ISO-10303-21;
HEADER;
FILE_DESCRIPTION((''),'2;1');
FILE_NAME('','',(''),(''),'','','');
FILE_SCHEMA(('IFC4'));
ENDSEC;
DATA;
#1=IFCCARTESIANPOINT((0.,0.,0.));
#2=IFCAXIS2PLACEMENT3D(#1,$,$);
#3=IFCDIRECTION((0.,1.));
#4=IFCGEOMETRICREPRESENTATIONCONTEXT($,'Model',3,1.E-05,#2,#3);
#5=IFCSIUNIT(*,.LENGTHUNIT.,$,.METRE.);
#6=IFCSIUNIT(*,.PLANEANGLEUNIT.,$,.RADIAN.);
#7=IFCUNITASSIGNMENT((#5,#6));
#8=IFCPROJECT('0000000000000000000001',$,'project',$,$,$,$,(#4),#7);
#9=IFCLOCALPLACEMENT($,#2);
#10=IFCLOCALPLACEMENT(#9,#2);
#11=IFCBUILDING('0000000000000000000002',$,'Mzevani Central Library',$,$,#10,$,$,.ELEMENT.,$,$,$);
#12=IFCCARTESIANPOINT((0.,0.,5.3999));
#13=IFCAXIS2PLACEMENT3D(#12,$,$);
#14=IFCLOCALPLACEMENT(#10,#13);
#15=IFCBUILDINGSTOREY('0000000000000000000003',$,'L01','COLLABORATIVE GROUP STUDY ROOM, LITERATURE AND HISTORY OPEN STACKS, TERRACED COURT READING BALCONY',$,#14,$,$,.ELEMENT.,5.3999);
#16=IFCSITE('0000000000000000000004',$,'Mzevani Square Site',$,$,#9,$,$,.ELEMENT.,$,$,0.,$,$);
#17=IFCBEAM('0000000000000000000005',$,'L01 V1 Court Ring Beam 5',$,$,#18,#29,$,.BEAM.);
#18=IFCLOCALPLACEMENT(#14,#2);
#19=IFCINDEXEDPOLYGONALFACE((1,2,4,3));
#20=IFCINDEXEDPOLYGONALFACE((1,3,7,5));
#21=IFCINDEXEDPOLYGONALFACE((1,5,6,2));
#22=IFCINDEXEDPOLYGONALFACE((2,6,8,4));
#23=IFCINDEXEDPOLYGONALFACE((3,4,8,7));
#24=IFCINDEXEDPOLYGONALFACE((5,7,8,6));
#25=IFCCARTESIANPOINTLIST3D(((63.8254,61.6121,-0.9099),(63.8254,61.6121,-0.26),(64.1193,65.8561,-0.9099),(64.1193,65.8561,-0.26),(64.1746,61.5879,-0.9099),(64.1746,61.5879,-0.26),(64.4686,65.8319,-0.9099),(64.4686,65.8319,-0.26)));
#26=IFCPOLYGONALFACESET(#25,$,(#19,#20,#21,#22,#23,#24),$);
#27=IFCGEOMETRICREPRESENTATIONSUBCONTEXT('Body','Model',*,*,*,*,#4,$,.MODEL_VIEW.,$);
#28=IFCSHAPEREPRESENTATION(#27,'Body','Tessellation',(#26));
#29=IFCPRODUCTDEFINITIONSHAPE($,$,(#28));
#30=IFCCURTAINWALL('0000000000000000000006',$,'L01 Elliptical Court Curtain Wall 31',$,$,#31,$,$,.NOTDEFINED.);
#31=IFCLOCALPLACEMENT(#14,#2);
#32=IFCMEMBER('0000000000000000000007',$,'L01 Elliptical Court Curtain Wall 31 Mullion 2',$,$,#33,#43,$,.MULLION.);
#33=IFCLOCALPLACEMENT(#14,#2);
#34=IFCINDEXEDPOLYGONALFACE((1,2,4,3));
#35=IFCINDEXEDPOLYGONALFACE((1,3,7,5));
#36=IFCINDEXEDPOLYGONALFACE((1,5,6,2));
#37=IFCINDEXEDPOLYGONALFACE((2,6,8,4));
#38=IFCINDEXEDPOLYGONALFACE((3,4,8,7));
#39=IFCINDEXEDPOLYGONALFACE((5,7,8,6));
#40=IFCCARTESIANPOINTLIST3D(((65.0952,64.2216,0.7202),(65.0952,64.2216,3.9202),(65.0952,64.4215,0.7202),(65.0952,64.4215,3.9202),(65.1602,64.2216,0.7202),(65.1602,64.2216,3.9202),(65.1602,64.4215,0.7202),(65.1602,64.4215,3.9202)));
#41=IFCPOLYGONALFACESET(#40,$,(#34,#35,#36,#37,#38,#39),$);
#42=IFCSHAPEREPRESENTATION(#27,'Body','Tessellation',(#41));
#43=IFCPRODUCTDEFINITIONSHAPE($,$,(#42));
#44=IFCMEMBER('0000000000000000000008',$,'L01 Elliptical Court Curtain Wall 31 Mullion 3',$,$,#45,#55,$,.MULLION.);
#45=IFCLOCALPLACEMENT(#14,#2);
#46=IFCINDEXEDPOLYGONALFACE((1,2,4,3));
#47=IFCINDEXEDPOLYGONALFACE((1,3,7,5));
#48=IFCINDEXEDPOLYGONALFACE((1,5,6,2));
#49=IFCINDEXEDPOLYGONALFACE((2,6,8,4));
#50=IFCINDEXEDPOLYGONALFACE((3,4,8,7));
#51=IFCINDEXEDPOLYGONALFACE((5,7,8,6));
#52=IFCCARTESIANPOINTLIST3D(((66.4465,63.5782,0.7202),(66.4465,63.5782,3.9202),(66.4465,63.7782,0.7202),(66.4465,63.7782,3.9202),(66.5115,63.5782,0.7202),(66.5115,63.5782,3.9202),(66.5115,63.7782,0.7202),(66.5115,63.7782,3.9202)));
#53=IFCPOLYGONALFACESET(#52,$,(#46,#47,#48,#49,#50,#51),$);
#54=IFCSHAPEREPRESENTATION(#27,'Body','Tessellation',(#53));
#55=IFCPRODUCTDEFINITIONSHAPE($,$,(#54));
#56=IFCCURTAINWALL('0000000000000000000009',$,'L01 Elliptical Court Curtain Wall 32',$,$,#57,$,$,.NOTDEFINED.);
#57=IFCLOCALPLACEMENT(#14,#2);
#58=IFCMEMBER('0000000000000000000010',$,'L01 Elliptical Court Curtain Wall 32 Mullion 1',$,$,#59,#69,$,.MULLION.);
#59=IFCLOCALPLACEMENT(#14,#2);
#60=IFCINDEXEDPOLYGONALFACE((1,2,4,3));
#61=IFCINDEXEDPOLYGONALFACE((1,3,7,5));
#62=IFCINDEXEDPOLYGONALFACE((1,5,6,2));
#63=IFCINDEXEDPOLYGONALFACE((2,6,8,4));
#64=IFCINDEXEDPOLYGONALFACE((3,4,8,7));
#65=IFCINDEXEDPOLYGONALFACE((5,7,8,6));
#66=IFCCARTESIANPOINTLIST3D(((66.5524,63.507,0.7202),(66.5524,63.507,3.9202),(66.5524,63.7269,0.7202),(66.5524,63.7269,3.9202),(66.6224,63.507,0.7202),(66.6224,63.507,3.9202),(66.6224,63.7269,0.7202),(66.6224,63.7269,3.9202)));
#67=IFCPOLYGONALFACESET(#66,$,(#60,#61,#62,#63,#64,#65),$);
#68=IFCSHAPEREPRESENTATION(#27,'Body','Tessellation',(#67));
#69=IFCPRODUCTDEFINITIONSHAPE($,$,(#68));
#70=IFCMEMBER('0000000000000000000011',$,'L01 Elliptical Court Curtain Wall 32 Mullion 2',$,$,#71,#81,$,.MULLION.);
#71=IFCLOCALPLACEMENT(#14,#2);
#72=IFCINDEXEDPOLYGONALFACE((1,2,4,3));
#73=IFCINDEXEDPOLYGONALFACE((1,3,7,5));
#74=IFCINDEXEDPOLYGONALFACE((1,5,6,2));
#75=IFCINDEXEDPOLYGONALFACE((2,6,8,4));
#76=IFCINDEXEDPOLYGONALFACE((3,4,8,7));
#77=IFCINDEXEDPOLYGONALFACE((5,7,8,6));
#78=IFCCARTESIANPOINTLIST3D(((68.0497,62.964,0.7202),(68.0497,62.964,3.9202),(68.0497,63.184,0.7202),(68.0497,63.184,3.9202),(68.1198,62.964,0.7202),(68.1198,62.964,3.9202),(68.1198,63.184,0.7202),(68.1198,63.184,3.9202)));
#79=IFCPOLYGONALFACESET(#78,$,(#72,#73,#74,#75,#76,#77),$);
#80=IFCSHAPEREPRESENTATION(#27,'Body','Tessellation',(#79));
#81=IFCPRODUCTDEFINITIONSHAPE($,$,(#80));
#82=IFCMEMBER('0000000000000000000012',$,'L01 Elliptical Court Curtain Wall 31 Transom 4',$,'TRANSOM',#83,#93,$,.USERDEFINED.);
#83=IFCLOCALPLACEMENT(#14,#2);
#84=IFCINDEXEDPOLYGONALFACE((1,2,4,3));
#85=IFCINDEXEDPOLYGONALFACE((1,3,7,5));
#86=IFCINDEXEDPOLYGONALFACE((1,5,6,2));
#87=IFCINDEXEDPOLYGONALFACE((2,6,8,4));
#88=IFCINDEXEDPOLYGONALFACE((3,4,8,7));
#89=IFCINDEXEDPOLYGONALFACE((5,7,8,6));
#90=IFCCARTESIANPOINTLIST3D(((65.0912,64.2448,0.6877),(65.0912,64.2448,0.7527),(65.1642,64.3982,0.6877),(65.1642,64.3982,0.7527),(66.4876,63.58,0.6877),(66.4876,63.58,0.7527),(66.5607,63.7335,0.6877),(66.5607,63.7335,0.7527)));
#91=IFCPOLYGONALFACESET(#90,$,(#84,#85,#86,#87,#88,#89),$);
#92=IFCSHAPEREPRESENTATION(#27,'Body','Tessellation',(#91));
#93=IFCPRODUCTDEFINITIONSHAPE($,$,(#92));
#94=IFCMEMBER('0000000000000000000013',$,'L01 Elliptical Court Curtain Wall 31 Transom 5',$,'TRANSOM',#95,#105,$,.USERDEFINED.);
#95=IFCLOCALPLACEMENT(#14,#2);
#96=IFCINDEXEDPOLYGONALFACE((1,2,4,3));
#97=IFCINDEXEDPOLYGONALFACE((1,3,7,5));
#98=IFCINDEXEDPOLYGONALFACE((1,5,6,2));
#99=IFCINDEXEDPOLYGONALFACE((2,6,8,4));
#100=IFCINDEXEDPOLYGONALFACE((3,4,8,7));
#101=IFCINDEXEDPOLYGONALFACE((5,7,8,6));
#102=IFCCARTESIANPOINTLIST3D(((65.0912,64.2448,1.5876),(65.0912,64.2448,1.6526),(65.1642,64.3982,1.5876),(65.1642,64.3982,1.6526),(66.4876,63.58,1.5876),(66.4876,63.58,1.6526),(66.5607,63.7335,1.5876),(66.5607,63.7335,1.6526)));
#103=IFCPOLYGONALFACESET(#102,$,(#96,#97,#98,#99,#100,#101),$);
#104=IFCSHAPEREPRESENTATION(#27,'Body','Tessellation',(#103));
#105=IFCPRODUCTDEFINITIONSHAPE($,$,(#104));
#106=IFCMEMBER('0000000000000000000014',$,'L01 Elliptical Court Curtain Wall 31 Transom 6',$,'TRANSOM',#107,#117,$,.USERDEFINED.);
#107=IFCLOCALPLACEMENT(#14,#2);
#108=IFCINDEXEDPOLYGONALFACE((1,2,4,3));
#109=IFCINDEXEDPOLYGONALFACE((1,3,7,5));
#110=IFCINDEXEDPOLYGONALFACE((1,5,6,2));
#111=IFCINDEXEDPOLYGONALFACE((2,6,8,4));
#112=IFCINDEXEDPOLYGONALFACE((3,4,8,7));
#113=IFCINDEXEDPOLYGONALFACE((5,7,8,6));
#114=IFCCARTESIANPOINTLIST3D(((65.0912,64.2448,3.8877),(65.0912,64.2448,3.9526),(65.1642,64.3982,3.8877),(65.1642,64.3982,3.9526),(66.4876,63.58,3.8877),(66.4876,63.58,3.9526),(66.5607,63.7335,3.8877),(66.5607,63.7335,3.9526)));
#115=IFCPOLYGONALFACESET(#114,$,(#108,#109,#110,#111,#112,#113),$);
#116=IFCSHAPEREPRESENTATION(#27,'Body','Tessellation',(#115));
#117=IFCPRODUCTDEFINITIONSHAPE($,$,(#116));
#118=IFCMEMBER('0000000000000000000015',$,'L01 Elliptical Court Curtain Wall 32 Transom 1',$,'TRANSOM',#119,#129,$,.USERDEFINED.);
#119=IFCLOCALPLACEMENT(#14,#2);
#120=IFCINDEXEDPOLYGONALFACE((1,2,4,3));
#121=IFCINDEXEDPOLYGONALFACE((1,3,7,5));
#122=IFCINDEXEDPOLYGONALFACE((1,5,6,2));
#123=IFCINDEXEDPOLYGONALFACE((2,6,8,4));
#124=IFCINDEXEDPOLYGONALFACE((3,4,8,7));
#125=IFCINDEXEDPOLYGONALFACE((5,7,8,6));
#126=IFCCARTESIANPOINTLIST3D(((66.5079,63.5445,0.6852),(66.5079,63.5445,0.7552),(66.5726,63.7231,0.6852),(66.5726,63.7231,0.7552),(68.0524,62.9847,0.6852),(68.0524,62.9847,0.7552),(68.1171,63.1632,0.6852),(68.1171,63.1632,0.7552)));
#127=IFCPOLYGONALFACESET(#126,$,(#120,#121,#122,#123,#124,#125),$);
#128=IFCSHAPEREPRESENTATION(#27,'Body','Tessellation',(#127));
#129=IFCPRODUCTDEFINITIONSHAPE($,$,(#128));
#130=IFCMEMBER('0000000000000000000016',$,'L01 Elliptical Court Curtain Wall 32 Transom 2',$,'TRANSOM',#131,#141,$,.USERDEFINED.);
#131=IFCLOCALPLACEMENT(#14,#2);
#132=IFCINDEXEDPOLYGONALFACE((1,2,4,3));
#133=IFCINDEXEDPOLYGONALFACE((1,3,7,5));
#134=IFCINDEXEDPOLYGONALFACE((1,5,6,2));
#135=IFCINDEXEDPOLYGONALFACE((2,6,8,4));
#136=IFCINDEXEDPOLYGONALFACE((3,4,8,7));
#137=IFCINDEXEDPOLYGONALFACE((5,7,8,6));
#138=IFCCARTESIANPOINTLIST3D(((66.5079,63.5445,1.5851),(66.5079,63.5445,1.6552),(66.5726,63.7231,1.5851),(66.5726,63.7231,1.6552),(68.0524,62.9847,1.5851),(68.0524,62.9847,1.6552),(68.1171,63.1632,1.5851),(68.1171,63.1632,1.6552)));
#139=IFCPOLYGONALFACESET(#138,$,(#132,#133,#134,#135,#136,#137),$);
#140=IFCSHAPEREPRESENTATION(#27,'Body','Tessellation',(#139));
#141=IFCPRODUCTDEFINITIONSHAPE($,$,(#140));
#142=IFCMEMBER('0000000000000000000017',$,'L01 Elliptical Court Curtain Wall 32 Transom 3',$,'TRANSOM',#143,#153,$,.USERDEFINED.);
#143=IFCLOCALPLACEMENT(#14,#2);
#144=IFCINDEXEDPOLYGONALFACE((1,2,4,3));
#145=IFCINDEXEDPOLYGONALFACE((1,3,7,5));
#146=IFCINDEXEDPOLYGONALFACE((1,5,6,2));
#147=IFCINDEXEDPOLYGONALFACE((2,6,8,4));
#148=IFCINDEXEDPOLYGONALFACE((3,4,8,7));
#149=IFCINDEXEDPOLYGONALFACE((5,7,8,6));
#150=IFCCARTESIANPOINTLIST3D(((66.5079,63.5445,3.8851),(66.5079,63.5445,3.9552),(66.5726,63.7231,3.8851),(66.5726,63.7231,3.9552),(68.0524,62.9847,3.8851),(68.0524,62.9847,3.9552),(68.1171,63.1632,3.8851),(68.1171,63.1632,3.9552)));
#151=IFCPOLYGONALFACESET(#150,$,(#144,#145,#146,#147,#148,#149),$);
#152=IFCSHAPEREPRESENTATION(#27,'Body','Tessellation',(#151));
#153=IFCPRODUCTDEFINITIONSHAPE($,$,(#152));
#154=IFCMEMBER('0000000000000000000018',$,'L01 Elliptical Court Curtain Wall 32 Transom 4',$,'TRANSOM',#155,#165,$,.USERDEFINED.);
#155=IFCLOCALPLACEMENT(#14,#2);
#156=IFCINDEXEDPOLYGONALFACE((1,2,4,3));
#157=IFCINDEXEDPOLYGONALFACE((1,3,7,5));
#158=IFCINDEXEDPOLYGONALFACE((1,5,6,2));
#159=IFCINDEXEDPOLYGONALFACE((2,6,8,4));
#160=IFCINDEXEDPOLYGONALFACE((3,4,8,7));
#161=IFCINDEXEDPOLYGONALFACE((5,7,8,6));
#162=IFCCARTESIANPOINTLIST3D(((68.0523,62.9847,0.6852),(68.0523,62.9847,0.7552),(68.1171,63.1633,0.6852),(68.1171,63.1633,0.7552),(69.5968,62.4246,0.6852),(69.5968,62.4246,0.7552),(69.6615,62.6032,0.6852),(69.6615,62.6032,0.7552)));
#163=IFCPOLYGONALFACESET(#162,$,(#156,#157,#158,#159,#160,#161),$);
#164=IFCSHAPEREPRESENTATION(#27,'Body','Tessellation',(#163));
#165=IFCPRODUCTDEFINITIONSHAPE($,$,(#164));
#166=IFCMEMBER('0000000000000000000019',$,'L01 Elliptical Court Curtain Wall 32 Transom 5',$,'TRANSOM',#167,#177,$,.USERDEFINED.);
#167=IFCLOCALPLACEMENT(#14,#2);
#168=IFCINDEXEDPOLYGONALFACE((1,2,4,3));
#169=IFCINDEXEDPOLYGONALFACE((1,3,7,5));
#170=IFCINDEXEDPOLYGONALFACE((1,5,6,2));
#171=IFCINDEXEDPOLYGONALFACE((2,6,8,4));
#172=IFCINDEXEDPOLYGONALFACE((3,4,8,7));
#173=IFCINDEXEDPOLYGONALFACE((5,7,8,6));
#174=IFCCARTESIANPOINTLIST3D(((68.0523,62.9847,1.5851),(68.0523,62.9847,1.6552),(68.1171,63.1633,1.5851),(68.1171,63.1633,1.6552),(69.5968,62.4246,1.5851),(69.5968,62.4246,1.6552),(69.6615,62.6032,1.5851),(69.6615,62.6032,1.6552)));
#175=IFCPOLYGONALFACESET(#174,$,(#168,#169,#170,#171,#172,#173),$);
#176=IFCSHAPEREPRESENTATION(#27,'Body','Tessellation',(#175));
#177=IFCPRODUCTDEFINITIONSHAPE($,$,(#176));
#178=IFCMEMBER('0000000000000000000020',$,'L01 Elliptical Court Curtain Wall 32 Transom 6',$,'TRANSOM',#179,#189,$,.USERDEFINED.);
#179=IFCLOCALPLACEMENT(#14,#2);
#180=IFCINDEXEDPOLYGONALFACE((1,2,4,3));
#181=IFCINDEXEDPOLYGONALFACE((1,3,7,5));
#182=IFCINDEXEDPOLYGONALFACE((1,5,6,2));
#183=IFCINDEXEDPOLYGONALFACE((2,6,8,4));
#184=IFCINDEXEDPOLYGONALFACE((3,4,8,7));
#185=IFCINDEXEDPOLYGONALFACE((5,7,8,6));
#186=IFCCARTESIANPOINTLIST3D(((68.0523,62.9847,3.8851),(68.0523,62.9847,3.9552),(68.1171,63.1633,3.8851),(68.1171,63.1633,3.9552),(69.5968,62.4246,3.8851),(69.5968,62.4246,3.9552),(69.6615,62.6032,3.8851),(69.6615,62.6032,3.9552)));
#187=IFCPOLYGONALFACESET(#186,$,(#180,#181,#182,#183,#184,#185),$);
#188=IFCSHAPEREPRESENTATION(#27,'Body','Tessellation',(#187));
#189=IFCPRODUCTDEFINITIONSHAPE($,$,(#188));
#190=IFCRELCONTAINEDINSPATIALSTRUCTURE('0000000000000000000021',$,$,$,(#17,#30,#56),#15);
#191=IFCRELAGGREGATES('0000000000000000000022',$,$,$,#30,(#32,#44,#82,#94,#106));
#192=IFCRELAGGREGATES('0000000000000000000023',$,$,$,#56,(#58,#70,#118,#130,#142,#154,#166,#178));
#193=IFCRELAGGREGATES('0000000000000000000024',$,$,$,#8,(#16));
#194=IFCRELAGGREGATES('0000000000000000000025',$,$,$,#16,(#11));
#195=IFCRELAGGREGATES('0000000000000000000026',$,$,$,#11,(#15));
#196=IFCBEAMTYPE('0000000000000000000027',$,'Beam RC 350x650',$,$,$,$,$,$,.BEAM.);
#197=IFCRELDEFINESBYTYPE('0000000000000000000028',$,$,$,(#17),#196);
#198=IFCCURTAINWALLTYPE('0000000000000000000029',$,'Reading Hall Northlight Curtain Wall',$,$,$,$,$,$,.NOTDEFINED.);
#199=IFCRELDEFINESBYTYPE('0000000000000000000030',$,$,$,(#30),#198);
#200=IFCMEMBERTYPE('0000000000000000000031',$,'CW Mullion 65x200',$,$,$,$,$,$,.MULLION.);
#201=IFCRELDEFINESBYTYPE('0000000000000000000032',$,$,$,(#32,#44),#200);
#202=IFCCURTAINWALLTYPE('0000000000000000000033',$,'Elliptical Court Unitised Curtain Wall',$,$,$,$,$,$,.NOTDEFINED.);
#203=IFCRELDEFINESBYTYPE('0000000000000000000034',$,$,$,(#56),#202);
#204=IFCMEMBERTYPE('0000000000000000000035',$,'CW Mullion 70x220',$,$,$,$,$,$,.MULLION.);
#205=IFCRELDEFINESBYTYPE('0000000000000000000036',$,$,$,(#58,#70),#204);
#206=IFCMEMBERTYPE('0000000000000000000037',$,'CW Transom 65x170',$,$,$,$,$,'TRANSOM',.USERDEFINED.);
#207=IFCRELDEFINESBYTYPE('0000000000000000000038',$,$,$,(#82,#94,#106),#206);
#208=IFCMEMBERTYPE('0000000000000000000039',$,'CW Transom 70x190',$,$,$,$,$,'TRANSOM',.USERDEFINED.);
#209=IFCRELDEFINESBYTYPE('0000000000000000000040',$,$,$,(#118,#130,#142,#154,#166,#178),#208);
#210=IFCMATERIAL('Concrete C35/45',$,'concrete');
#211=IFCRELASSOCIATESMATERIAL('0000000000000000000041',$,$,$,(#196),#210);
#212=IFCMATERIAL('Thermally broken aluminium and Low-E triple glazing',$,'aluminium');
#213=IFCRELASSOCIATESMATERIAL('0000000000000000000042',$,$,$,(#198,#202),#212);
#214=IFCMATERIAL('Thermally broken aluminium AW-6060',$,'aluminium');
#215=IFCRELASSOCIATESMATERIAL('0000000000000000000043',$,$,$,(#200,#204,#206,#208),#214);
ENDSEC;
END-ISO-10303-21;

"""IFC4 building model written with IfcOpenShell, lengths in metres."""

from ifc_helpers import new_model, si_unit, direction, frame, origin, origin_2d, place, context, subcontext, project, spatial, rectangle, extrude, material, material_profile, profile_set, type_object, element, aggregate, save


model = new_model("IFC4")

# Units and contexts
model_context = context("Model", 3, precision=1e-05, world=origin(), true_north=direction((0.0, 1.0)))
body_context = subcontext(model_context, "Body", "Model", "MODEL_VIEW")
ifc_project = project(units=[si_unit("LENGTHUNIT", "METRE"), si_unit("PLANEANGLEUNIT", "RADIAN")], contexts=[model_context])

# Site, building, storey
site_placement = place(None, origin())
site = spatial("IfcSite", under=ifc_project, at=site_placement, Name="Mzevani Square Site", CompositionType="ELEMENT", RefElevation=0.0)
building_placement = place(site_placement, origin())
building = spatial("IfcBuilding", under=site, at=building_placement, Name="Mzevani Central Library", CompositionType="ELEMENT")
storey_placement = place(building_placement, frame((0.0, 0.0, 5.3999)))
storey = spatial("IfcBuildingStorey", under=building, at=storey_placement, Name="L01", Description="COLLABORATIVE GROUP STUDY ROOM, LITERATURE AND HISTORY OPEN STACKS, TERRACED COURT READING BALCONY", CompositionType="ELEMENT", Elevation=5.3999)

# Beam
ifc_material_1 = material(Name="Concrete C35/45", Category="concrete")
ifc_material_profile_1 = material_profile(ifc_material_1, rectangle(XDim=0.3501, YDim=0.6499, at=origin_2d()), Name="RC B350x650")
ifc_profile_set_1 = profile_set([ifc_material_profile_1], Name="Concrete C35/45")
beam_type = type_object("IfcBeamType", Name="Beam RC 350x650", PredefinedType="BEAM", material=ifc_profile_set_1)
beam_placement = place(storey_placement, frame((64.2939, 65.844, -0.585), z_axis=(-0.069098, -0.99761, 0.0), x_axis=(0.99761, -0.069098, 0.0)))
element("IfcBeam", 1, at=beam_placement, inside=storey, type_object=beam_type, Name="L01 V1 Court Ring Beam 5", PredefinedType="BEAM", context=body_context, shape_type="SweptSolid", body=[
    extrude(rectangle(XDim=0.3501, YDim=0.6499, at=origin_2d()), origin(), (0.0, 0.0, 1.0), 4.2542),
])

# Curtain walls, members
ifc_material_2 = material(Name="Thermally broken aluminium and Low-E triple glazing", Category="aluminium")
curtain_wall_type_1 = type_object("IfcCurtainWallType", Name="Reading Hall Northlight Curtain Wall", PredefinedType="NOTDEFINED", material=ifc_material_2)
curtain_wall_1_placement = place(storey_placement, origin())
curtain_wall_1 = element("IfcCurtainWall", 2, at=curtain_wall_1_placement, inside=storey, type_object=curtain_wall_type_1, Name="L01 Elliptical Court Curtain Wall 31", PredefinedType="NOTDEFINED")
ifc_material_3 = material(Name="Thermally broken aluminium AW-6060", Category="aluminium")
ifc_material_profile_2 = material_profile(ifc_material_3, rectangle(XDim=0.0649, YDim=0.2, at=origin_2d()), Name="ALU M65x200")
ifc_profile_set_2 = profile_set([ifc_material_profile_2], Name="Thermally broken aluminium AW-6060")
member_type_1 = type_object("IfcMemberType", Name="CW Mullion 65x200", PredefinedType="MULLION", material=ifc_profile_set_2)
member_1_placement = place(storey_placement, frame((65.1277, 64.3215, 0.7202), z_axis=(0.0, 0.0, 1.0), x_axis=(1.0, 0.0, 0.0)))
member_1 = element("IfcMember", 3, at=member_1_placement, type_object=member_type_1, Name="L01 Elliptical Court Curtain Wall 31 Mullion 2", PredefinedType="MULLION", context=body_context, shape_type="SweptSolid", body=[
    extrude(rectangle(XDim=0.0649, YDim=0.2, at=origin_2d()), origin(), (0.0, 0.0, 1.0), 3.2),
])
member_2_placement = place(storey_placement, frame((66.479, 63.6782, 0.7202), z_axis=(0.0, 0.0, 1.0), x_axis=(1.0, 0.0, 0.0)))
member_2 = element("IfcMember", 4, at=member_2_placement, type_object=member_type_1, Name="L01 Elliptical Court Curtain Wall 31 Mullion 3", PredefinedType="MULLION", context=body_context, shape_type="SweptSolid", body=[
    extrude(rectangle(XDim=0.0649, YDim=0.2, at=origin_2d()), origin(), (0.0, 0.0, 1.0), 3.2),
])
curtain_wall_type_2 = type_object("IfcCurtainWallType", Name="Elliptical Court Unitised Curtain Wall", PredefinedType="NOTDEFINED", material=ifc_material_2)
curtain_wall_2_placement = place(storey_placement, origin())
curtain_wall_2 = element("IfcCurtainWall", 5, at=curtain_wall_2_placement, inside=storey, type_object=curtain_wall_type_2, Name="L01 Elliptical Court Curtain Wall 32", PredefinedType="NOTDEFINED")
ifc_material_profile_3 = material_profile(ifc_material_3, rectangle(XDim=0.0701, YDim=0.22, at=origin_2d()), Name="ALU M70x220")
ifc_profile_set_3 = profile_set([ifc_material_profile_3], Name="Thermally broken aluminium AW-6060")
member_type_2 = type_object("IfcMemberType", Name="CW Mullion 70x220", PredefinedType="MULLION", material=ifc_profile_set_3)
member_3_placement = place(storey_placement, frame((66.5874, 63.6169, 0.7202), z_axis=(0.0, 0.0, 1.0), x_axis=(1.0, 0.0, 0.0)))
member_3 = element("IfcMember", 6, at=member_3_placement, type_object=member_type_2, Name="L01 Elliptical Court Curtain Wall 32 Mullion 1", PredefinedType="MULLION", context=body_context, shape_type="SweptSolid", body=[
    extrude(rectangle(XDim=0.0701, YDim=0.22, at=origin_2d()), origin(), (0.0, 0.0, 1.0), 3.2),
])
member_4_placement = place(storey_placement, frame((68.0847, 63.074, 0.7202), z_axis=(0.0, 0.0, 1.0), x_axis=(1.0, 0.0, 0.0)))
member_4 = element("IfcMember", 7, at=member_4_placement, type_object=member_type_2, Name="L01 Elliptical Court Curtain Wall 32 Mullion 2", PredefinedType="MULLION", context=body_context, shape_type="SweptSolid", body=[
    extrude(rectangle(XDim=0.0701, YDim=0.22, at=origin_2d()), origin(), (0.0, 0.0, 1.0), 3.2),
])

# Members
ifc_material_profile_4 = material_profile(ifc_material_3, rectangle(XDim=0.1699, YDim=0.0649, at=origin_2d()), Name="ALU T65x170")
ifc_profile_set_4 = profile_set([ifc_material_profile_4], Name="Thermally broken aluminium AW-6060")
member_type_3 = type_object("IfcMemberType", Name="CW Transom 65x170", ElementType="TRANSOM", PredefinedType="USERDEFINED", material=ifc_profile_set_4)
member_5_placement = place(storey_placement, frame((65.1277, 64.3215, 0.7202), z_axis=(0.90291, -0.429829, 0.0), x_axis=(0.429829, 0.90291, 0.0)))
member_5 = element("IfcMember", 8, at=member_5_placement, type_object=member_type_3, Name="L01 Elliptical Court Curtain Wall 31 Transom 4", ObjectType="TRANSOM", PredefinedType="USERDEFINED", context=body_context, shape_type="SweptSolid", body=[
    extrude(rectangle(XDim=0.1699, YDim=0.0649, at=origin_2d()), origin(), (0.0, 0.0, 1.0), 1.5466),
])
member_6_placement = place(storey_placement, frame((65.1277, 64.3215, 1.6201), z_axis=(0.90291, -0.429829, 0.0), x_axis=(0.429829, 0.90291, 0.0)))
member_6 = element("IfcMember", 9, at=member_6_placement, type_object=member_type_3, Name="L01 Elliptical Court Curtain Wall 31 Transom 5", ObjectType="TRANSOM", PredefinedType="USERDEFINED", context=body_context, shape_type="SweptSolid", body=[
    extrude(rectangle(XDim=0.1699, YDim=0.0649, at=origin_2d()), origin(), (0.0, 0.0, 1.0), 1.5466),
])
member_7_placement = place(storey_placement, frame((65.1277, 64.3215, 3.9202), z_axis=(0.90291, -0.429829, 0.0), x_axis=(0.429829, 0.90291, 0.0)))
member_7 = element("IfcMember", 10, at=member_7_placement, type_object=member_type_3, Name="L01 Elliptical Court Curtain Wall 31 Transom 6", ObjectType="TRANSOM", PredefinedType="USERDEFINED", context=body_context, shape_type="SweptSolid", body=[
    extrude(rectangle(XDim=0.1699, YDim=0.0649, at=origin_2d()), origin(), (0.0, 0.0, 1.0), 1.5466),
])
ifc_material_profile_5 = material_profile(ifc_material_3, rectangle(XDim=0.1899, YDim=0.0701, at=origin_2d()), Name="ALU T70x190")
ifc_profile_set_5 = profile_set([ifc_material_profile_5], Name="Thermally broken aluminium AW-6060")
member_type_4 = type_object("IfcMemberType", Name="CW Transom 70x190", ElementType="TRANSOM", PredefinedType="USERDEFINED", material=ifc_profile_set_5)
member_8_placement = place(storey_placement, frame((66.5403, 63.6338, 0.7202), z_axis=(0.940144, -0.340776, 0.0), x_axis=(0.340776, 0.940144, 0.0)))
member_8 = element("IfcMember", 11, at=member_8_placement, type_object=member_type_4, Name="L01 Elliptical Court Curtain Wall 32 Transom 1", ObjectType="TRANSOM", PredefinedType="USERDEFINED", context=body_context, shape_type="SweptSolid", body=[
    extrude(rectangle(XDim=0.1899, YDim=0.0701, at=origin_2d()), origin(), (0.0, 0.0, 1.0), 1.6428),
])
member_9_placement = place(storey_placement, frame((66.5403, 63.6338, 1.6201), z_axis=(0.940144, -0.340776, 0.0), x_axis=(0.340776, 0.940144, 0.0)))
member_9 = element("IfcMember", 12, at=member_9_placement, type_object=member_type_4, Name="L01 Elliptical Court Curtain Wall 32 Transom 2", ObjectType="TRANSOM", PredefinedType="USERDEFINED", context=body_context, shape_type="SweptSolid", body=[
    extrude(rectangle(XDim=0.1899, YDim=0.0701, at=origin_2d()), origin(), (0.0, 0.0, 1.0), 1.6428),
])
member_10_placement = place(storey_placement, frame((66.5403, 63.6338, 3.9202), z_axis=(0.940144, -0.340776, 0.0), x_axis=(0.340776, 0.940144, 0.0)))
member_10 = element("IfcMember", 13, at=member_10_placement, type_object=member_type_4, Name="L01 Elliptical Court Curtain Wall 32 Transom 3", ObjectType="TRANSOM", PredefinedType="USERDEFINED", context=body_context, shape_type="SweptSolid", body=[
    extrude(rectangle(XDim=0.1899, YDim=0.0701, at=origin_2d()), origin(), (0.0, 0.0, 1.0), 1.6428),
])
member_11_placement = place(storey_placement, frame((68.0847, 63.074, 0.7202), z_axis=(0.940097, -0.340908, 0.0), x_axis=(0.340908, 0.940097, 0.0)))
member_11 = element("IfcMember", 14, at=member_11_placement, type_object=member_type_4, Name="L01 Elliptical Court Curtain Wall 32 Transom 4", ObjectType="TRANSOM", PredefinedType="USERDEFINED", context=body_context, shape_type="SweptSolid", body=[
    extrude(rectangle(XDim=0.1899, YDim=0.0701, at=origin_2d()), origin(), (0.0, 0.0, 1.0), 1.6428),
])
member_12_placement = place(storey_placement, frame((68.0847, 63.074, 1.6201), z_axis=(0.940097, -0.340908, 0.0), x_axis=(0.340908, 0.940097, 0.0)))
member_12 = element("IfcMember", 15, at=member_12_placement, type_object=member_type_4, Name="L01 Elliptical Court Curtain Wall 32 Transom 5", ObjectType="TRANSOM", PredefinedType="USERDEFINED", context=body_context, shape_type="SweptSolid", body=[
    extrude(rectangle(XDim=0.1899, YDim=0.0701, at=origin_2d()), origin(), (0.0, 0.0, 1.0), 1.6428),
])
member_13_placement = place(storey_placement, frame((68.0847, 63.074, 3.9202), z_axis=(0.940097, -0.340908, 0.0), x_axis=(0.340908, 0.940097, 0.0)))
member_13 = element("IfcMember", 16, at=member_13_placement, type_object=member_type_4, Name="L01 Elliptical Court Curtain Wall 32 Transom 6", ObjectType="TRANSOM", PredefinedType="USERDEFINED", context=body_context, shape_type="SweptSolid", body=[
    extrude(rectangle(XDim=0.1899, YDim=0.0701, at=origin_2d()), origin(), (0.0, 0.0, 1.0), 1.6428),
])

aggregate(curtain_wall_1, [member_1, member_2, member_5, member_6, member_7])
aggregate(curtain_wall_2, [member_3, member_4, member_8, member_9, member_10, member_11, member_12, member_13])

save(model, "model.ifc")
